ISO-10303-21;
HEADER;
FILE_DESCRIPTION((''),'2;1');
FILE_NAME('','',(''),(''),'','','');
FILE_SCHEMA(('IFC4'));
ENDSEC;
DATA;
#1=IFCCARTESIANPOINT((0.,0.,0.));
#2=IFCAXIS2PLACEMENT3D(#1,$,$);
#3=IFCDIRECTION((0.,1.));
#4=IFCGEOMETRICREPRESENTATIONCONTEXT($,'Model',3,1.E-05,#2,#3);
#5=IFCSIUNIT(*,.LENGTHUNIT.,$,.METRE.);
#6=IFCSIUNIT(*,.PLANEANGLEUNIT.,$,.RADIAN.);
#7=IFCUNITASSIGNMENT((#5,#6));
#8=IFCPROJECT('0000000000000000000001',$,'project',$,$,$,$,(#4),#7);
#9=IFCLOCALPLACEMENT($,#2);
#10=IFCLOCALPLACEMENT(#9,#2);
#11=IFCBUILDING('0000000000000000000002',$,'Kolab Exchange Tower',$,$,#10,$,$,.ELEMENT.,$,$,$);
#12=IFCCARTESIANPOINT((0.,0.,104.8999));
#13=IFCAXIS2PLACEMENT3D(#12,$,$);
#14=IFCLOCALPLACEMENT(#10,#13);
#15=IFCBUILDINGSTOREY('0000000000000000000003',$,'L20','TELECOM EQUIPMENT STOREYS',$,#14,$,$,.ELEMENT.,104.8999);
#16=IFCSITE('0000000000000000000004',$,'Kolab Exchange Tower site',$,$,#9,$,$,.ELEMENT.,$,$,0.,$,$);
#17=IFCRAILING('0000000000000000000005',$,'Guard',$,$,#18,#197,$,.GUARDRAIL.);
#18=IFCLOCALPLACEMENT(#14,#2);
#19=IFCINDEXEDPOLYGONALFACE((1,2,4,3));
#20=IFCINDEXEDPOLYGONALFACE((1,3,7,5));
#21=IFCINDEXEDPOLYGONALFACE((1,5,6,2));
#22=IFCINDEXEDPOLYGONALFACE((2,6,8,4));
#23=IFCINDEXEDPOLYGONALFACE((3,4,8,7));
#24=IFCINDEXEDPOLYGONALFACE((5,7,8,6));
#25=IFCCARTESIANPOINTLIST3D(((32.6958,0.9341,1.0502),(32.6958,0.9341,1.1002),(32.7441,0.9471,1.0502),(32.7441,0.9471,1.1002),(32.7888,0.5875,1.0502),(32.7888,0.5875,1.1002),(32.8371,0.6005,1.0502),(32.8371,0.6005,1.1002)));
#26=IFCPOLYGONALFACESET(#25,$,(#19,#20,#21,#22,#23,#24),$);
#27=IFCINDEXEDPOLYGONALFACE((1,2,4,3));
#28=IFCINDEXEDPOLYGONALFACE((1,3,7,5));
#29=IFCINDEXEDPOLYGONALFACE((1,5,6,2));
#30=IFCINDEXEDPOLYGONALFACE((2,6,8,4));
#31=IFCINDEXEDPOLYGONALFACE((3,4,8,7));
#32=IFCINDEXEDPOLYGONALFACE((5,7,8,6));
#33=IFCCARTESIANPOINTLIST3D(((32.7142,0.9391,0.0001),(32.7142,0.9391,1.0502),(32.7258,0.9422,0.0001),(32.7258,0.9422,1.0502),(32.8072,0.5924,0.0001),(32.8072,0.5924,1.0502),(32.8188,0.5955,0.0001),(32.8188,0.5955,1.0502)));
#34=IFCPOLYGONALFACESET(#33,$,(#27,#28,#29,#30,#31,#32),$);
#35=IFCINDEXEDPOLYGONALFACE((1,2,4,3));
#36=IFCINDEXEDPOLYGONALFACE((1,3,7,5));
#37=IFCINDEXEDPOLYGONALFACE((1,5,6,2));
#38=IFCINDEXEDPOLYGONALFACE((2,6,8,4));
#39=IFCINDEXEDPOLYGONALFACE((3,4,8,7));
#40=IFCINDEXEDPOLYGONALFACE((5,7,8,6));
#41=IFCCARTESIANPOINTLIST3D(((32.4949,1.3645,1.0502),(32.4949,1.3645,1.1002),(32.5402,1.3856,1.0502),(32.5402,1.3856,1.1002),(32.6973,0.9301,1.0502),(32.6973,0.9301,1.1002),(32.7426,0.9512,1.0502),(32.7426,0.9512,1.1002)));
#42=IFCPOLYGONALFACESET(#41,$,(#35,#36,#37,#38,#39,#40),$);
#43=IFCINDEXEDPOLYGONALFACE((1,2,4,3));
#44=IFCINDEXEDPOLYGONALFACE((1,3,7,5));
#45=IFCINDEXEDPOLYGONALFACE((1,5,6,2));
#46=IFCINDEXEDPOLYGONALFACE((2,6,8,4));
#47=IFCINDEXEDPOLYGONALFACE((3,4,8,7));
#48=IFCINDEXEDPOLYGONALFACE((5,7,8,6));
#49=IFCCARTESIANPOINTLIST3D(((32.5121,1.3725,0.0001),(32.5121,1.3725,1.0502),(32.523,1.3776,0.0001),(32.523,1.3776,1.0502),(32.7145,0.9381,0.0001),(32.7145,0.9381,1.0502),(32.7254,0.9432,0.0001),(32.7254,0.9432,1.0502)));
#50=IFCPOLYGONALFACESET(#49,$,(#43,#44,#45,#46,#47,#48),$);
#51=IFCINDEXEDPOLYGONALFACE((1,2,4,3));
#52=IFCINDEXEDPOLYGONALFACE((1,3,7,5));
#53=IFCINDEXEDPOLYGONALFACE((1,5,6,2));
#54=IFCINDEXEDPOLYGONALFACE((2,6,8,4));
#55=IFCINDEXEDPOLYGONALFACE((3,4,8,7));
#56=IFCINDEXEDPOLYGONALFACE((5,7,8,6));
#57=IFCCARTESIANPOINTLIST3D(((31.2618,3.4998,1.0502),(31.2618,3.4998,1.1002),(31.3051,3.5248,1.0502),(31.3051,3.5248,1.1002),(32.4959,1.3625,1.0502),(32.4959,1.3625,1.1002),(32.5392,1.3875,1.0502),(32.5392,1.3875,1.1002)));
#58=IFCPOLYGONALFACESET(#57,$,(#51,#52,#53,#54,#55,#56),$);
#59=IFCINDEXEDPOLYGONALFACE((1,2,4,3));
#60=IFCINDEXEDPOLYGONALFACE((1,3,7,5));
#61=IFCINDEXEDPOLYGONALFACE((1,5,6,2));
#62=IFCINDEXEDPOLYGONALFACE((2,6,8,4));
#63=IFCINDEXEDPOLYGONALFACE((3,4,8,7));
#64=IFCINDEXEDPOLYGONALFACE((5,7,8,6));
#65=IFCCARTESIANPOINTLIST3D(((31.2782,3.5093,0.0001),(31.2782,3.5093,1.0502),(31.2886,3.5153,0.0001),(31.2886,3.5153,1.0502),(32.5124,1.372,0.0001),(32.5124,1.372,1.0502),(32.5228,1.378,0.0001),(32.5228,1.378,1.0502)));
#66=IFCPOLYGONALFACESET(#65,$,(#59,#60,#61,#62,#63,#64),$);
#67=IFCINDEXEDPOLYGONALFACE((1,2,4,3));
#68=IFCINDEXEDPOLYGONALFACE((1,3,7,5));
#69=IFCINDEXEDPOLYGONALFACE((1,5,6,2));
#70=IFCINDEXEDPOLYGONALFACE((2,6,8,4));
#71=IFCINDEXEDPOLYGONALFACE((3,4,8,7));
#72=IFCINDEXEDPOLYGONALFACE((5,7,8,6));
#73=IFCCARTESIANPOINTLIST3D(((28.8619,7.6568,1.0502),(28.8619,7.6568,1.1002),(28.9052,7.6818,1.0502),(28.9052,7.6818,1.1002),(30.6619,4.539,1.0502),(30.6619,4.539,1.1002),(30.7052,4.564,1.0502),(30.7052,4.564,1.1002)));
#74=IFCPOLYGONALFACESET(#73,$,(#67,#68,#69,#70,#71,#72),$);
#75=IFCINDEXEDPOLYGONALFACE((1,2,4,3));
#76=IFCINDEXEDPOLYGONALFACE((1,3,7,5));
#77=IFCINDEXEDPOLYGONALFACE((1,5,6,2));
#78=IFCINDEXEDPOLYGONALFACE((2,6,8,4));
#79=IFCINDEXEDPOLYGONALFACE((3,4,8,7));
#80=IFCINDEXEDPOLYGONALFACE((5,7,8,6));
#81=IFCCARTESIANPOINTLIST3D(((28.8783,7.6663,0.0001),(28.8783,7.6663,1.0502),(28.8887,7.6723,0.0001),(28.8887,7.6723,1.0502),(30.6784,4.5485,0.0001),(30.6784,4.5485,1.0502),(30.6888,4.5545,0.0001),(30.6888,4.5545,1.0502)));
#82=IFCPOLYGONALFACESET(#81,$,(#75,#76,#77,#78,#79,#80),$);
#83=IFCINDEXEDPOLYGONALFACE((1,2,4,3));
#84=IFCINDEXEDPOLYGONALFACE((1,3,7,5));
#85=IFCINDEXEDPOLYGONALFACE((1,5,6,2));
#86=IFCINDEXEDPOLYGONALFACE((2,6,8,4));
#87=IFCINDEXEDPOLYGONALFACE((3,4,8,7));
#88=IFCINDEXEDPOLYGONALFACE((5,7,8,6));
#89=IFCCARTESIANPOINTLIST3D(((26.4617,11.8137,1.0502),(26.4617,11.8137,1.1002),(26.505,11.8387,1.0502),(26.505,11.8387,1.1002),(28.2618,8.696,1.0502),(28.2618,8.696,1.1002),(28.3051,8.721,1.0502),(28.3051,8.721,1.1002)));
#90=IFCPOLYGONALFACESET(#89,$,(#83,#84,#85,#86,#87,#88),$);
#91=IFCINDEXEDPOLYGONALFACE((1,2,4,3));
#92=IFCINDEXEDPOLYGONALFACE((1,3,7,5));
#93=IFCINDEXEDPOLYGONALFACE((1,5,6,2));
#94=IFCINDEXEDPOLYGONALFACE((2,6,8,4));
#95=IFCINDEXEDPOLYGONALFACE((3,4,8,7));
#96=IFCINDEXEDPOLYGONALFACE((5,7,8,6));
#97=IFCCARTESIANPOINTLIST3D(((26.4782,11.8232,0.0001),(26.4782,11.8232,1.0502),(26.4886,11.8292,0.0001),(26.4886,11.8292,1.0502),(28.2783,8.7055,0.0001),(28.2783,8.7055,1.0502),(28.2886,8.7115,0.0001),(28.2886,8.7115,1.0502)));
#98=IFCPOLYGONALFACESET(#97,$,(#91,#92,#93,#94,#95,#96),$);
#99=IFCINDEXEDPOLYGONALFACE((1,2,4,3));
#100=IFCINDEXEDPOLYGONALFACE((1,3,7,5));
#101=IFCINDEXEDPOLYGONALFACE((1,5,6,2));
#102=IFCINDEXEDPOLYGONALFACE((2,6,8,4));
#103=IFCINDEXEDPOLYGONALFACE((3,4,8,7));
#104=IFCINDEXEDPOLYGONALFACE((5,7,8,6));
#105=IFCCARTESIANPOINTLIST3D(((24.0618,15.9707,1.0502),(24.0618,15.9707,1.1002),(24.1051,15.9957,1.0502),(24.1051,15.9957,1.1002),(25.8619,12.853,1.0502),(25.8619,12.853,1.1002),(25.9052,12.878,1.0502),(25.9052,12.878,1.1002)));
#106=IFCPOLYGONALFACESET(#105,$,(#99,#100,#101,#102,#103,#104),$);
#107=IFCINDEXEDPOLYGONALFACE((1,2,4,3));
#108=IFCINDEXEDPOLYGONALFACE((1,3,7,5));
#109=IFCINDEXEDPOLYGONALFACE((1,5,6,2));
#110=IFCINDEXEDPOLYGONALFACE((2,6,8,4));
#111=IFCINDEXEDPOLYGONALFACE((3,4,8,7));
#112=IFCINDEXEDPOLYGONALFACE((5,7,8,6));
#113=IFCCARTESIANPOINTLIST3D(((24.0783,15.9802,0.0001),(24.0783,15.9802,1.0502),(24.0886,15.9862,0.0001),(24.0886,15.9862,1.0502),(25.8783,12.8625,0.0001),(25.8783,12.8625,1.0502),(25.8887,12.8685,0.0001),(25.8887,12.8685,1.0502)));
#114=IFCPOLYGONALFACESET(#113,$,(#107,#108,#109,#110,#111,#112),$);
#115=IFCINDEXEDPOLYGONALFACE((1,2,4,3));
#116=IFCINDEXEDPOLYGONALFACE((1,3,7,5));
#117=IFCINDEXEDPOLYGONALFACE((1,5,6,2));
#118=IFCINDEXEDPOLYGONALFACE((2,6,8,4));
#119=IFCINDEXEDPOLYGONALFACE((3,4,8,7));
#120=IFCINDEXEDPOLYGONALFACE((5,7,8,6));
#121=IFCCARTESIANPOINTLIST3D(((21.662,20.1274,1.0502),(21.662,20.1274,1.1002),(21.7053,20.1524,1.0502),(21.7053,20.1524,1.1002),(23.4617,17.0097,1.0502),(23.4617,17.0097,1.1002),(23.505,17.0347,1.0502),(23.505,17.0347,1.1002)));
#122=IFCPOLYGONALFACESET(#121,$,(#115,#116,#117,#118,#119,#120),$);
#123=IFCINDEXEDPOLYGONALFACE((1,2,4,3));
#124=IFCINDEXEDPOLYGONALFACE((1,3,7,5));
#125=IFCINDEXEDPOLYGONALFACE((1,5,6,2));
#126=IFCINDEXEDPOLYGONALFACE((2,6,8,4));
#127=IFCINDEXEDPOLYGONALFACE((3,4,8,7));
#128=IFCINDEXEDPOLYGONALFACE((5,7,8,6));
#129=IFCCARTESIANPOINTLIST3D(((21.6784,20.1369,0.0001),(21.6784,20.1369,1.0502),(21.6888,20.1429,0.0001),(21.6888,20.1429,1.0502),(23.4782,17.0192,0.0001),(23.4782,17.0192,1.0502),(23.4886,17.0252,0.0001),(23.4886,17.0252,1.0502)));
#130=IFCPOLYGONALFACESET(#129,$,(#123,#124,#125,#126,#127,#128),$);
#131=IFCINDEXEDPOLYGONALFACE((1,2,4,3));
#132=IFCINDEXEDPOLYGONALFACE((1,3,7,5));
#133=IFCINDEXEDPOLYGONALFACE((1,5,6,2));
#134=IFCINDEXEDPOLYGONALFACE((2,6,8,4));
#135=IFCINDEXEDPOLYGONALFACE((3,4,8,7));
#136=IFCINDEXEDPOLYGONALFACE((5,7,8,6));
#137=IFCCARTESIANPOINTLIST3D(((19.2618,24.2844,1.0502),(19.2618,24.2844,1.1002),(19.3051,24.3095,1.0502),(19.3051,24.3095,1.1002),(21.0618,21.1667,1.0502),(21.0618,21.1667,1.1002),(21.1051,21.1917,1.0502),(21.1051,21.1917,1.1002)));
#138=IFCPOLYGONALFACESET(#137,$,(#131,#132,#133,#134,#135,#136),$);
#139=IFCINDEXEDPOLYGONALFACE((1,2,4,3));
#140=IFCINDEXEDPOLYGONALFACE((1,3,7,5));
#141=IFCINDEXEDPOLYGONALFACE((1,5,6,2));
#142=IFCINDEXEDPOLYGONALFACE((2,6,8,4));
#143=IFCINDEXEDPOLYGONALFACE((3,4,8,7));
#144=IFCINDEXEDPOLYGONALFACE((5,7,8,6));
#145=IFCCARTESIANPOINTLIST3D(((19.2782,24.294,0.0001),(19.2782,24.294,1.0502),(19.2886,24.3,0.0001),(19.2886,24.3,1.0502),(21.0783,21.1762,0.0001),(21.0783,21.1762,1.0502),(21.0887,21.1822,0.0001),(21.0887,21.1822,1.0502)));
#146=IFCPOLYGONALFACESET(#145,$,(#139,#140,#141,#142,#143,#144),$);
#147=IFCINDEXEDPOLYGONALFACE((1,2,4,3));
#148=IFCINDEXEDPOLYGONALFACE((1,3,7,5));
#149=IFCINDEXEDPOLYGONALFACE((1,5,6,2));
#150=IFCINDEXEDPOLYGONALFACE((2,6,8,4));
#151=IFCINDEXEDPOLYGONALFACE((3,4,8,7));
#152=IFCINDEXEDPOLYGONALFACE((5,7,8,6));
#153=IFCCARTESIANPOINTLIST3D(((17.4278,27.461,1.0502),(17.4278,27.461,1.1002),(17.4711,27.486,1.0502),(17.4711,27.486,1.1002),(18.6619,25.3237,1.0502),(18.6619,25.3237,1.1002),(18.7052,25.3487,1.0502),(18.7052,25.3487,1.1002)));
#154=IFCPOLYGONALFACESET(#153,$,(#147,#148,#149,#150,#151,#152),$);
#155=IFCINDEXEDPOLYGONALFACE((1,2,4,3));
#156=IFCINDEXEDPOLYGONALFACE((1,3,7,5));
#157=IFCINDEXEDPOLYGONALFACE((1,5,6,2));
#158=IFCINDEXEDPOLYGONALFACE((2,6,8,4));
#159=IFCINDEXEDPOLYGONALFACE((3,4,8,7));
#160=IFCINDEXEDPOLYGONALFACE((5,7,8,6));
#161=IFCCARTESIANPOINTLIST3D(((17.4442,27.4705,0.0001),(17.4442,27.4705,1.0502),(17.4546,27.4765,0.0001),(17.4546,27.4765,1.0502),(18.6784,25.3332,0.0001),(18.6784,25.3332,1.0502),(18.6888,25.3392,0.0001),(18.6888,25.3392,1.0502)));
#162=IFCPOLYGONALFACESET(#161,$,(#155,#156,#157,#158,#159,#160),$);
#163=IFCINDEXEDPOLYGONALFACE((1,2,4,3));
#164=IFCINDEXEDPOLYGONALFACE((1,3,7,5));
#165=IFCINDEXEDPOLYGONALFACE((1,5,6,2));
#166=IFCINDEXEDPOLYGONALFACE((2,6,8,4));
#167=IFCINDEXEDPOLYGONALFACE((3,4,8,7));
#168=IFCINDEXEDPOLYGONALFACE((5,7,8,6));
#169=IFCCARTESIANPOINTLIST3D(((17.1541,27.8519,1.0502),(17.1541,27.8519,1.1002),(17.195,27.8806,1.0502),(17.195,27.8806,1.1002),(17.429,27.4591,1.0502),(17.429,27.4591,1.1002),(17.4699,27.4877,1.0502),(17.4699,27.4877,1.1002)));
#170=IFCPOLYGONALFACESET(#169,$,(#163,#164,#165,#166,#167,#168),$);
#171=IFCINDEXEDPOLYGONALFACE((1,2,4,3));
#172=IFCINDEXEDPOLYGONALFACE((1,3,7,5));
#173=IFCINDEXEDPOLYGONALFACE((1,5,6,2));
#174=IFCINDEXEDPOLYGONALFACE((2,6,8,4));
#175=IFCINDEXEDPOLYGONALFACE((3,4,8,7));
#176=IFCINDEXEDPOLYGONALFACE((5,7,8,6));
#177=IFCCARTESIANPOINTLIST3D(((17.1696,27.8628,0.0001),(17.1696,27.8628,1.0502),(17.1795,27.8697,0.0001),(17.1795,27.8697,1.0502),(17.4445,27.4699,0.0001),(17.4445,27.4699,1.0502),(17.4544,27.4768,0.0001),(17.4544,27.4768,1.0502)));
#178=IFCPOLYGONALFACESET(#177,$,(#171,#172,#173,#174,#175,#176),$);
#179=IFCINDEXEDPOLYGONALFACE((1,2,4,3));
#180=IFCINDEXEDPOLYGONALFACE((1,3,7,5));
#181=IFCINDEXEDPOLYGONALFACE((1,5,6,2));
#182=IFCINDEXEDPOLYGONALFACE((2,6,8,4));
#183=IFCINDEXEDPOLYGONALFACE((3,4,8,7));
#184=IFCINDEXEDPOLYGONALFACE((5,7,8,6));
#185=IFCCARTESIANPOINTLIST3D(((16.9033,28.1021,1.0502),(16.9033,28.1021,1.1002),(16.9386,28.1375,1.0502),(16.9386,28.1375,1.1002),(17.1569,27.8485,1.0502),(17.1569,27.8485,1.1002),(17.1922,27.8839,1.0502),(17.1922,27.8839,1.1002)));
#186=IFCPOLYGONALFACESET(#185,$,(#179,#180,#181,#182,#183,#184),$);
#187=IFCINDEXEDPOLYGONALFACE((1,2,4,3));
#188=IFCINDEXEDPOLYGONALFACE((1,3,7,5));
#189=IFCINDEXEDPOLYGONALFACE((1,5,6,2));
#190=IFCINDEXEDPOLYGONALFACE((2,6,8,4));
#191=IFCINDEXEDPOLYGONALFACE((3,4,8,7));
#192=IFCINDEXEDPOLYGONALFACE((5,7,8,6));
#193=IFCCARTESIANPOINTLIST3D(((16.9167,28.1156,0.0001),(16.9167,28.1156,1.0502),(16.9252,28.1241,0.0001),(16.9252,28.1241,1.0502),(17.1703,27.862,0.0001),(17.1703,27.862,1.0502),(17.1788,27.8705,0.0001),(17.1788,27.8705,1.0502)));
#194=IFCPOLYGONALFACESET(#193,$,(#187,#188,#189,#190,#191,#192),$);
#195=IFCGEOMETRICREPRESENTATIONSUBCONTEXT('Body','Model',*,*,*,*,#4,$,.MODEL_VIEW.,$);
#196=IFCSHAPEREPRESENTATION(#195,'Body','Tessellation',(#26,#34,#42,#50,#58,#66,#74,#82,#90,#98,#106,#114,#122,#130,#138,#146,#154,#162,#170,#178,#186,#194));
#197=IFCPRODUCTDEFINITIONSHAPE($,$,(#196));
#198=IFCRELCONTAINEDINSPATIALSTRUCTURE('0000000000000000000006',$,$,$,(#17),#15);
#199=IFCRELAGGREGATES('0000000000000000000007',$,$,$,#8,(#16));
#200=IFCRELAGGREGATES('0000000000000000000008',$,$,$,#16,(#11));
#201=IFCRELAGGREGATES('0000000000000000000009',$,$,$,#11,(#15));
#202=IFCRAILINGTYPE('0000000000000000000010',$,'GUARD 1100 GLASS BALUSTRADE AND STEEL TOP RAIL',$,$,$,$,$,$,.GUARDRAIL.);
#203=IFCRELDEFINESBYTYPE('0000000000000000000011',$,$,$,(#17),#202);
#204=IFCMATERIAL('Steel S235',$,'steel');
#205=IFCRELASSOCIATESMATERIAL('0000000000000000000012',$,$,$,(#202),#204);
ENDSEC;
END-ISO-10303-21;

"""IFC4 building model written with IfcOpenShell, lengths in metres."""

from ifc_helpers import new_model, si_unit, direction, frame, frame_2d, origin, origin_2d, place, context, subcontext, project, spatial, rectangle, extrude, material, type_object, element, save


model = new_model("IFC4")

# Units and contexts
model_context = context("Model", 3, precision=1e-05, world=origin(), true_north=direction((0.0, 1.0)))
body_context = subcontext(model_context, "Body", "Model", "MODEL_VIEW")
ifc_project = project(units=[si_unit("LENGTHUNIT", "METRE"), si_unit("PLANEANGLEUNIT", "RADIAN")], contexts=[model_context])

# Site, building, storey
site_placement = place(None, origin())
site = spatial("IfcSite", under=ifc_project, at=site_placement, Name="Kolab Exchange Tower site", CompositionType="ELEMENT", RefElevation=0.0)
building_placement = place(site_placement, origin())
building = spatial("IfcBuilding", under=site, at=building_placement, Name="Kolab Exchange Tower", CompositionType="ELEMENT")
storey_placement = place(building_placement, frame((0.0, 0.0, 104.8999)))
storey = spatial("IfcBuildingStorey", under=building, at=storey_placement, Name="L20", Description="TELECOM EQUIPMENT STOREYS", CompositionType="ELEMENT", Elevation=104.8999)

# Railing
ifc_material_1 = material(Name="Steel S235", Category="steel")
railing_type = type_object("IfcRailingType", Name="GUARD 1100 GLASS BALUSTRADE AND STEEL TOP RAIL", PredefinedType="GUARDRAIL", material=ifc_material_1)
railing_placement = place(storey_placement, frame((32.813, 0.594, 0.0)))
element("IfcRailing", 1, at=railing_placement, inside=storey, type_object=railing_type, Name="Guard", PredefinedType="GUARDRAIL", context=body_context, shape_type="SweptSolid", body=[
    extrude(rectangle(XDim=0.05, YDim=0.05, at=origin_2d()), frame((0.0, 0.0, 1.0752), z_axis=(-0.259144, 0.965839, 0.0), x_axis=(-0.965839, -0.259144, 0.0)), (0.0, 0.0, 1.0), 0.3589),
    extrude(rectangle(XDim=0.012, YDim=1.0501, at=frame_2d((0.0, 0.5251))), frame((0.0, 0.0, 0.0), z_axis=(-0.259144, 0.965839, 0.0), x_axis=(-0.965839, -0.259144, 0.0)), (0.0, 0.0, 1.0), 0.3589),
    extrude(rectangle(XDim=0.05, YDim=0.05, at=origin_2d()), frame((-0.093, 0.3467, 1.0752), z_axis=(-0.422383, 0.906417, 0.0), x_axis=(-0.906417, -0.422383, 0.0)), (0.0, 0.0, 1.0), 0.4792),
    extrude(rectangle(XDim=0.012, YDim=1.0501, at=frame_2d((0.0, 0.5251))), frame((-0.093, 0.3467, 0.0), z_axis=(-0.422383, 0.906417, 0.0), x_axis=(-0.906417, -0.422383, 0.0)), (0.0, 0.0, 1.0), 0.4792),
    extrude(rectangle(XDim=0.05, YDim=0.05, at=origin_2d()), frame((-0.2954, 0.781, 1.0752), z_axis=(-0.500065, 0.865988, 0.0), x_axis=(-0.865988, -0.500065, 0.0)), (0.0, 0.0, 1.0), 2.468),
    extrude(rectangle(XDim=0.012, YDim=1.0501, at=frame_2d((0.0, 0.5251))), frame((-0.2954, 0.781, 0.0), z_axis=(-0.500065, 0.865988, 0.0), x_axis=(-0.865988, -0.500065, 0.0)), (0.0, 0.0, 1.0), 2.468),
    extrude(rectangle(XDim=0.05, YDim=0.05, at=origin_2d()), frame((-2.1294, 3.9575, 1.0752), z_axis=(-0.500012, 0.866018, 0.0), x_axis=(-0.866018, -0.500012, 0.0)), (0.0, 0.0, 1.0), 3.6001),
    extrude(rectangle(XDim=0.012, YDim=1.0501, at=frame_2d((0.0, 0.5251))), frame((-2.1294, 3.9575, 0.0), z_axis=(-0.500012, 0.866018, 0.0), x_axis=(-0.866018, -0.500012, 0.0)), (0.0, 0.0, 1.0), 3.6001),
    extrude(rectangle(XDim=0.05, YDim=0.05, at=origin_2d()), frame((-4.5295, 8.1145, 1.0752), z_axis=(-0.500012, 0.866018, 0.0), x_axis=(-0.866018, -0.500012, 0.0)), (0.0, 0.0, 1.0), 3.6001),
    extrude(rectangle(XDim=0.012, YDim=1.0501, at=frame_2d((0.0, 0.5251))), frame((-4.5295, 8.1145, 0.0), z_axis=(-0.500012, 0.866018, 0.0), x_axis=(-0.866018, -0.500012, 0.0)), (0.0, 0.0, 1.0), 3.6001),
    extrude(rectangle(XDim=0.05, YDim=0.05, at=origin_2d()), frame((-6.9294, 12.2715, 1.0752), z_axis=(-0.500012, 0.866018, 0.0), x_axis=(-0.866018, -0.500012, 0.0)), (0.0, 0.0, 1.0), 3.6001),
    extrude(rectangle(XDim=0.012, YDim=1.0501, at=frame_2d((0.0, 0.5251))), frame((-6.9294, 12.2715, 0.0), z_axis=(-0.500012, 0.866018, 0.0), x_axis=(-0.866018, -0.500012, 0.0)), (0.0, 0.0, 1.0), 3.6001),
    extrude(rectangle(XDim=0.05, YDim=0.05, at=origin_2d()), frame((-9.3296, 16.4282, 1.0752), z_axis=(-0.499961, 0.866048, 0.0), x_axis=(-0.866048, -0.499961, 0.0)), (0.0, 0.0, 1.0), 3.5999),
    extrude(rectangle(XDim=0.012, YDim=1.0501, at=frame_2d((0.0, 0.5251))), frame((-9.3296, 16.4282, 0.0), z_axis=(-0.499961, 0.866048, 0.0), x_axis=(-0.866048, -0.499961, 0.0)), (0.0, 0.0, 1.0), 3.5999),
    extrude(rectangle(XDim=0.05, YDim=0.05, at=origin_2d()), frame((-11.7295, 20.5852, 1.0752), z_axis=(-0.500012, 0.866018, 0.0), x_axis=(-0.866018, -0.500012, 0.0)), (0.0, 0.0, 1.0), 3.6001),
    extrude(rectangle(XDim=0.012, YDim=1.0501, at=frame_2d((0.0, 0.5251))), frame((-11.7295, 20.5852, 0.0), z_axis=(-0.500012, 0.866018, 0.0), x_axis=(-0.866018, -0.500012, 0.0)), (0.0, 0.0, 1.0), 3.6001),
    extrude(rectangle(XDim=0.05, YDim=0.05, at=origin_2d()), frame((-14.1294, 24.7422, 1.0752), z_axis=(-0.500065, 0.865988, 0.0), x_axis=(-0.865988, -0.500065, 0.0)), (0.0, 0.0, 1.0), 2.468),
    extrude(rectangle(XDim=0.012, YDim=1.0501, at=frame_2d((0.0, 0.5251))), frame((-14.1294, 24.7422, 0.0), z_axis=(-0.500065, 0.865988, 0.0), x_axis=(-0.865988, -0.500065, 0.0)), (0.0, 0.0, 1.0), 2.468),
    extrude(rectangle(XDim=0.05, YDim=0.05, at=origin_2d()), frame((-15.3635, 26.8794, 1.0752), z_axis=(-0.57336, 0.819304, 0.0), x_axis=(-0.819304, -0.57336, 0.0)), (0.0, 0.0, 1.0), 0.4795),
    extrude(rectangle(XDim=0.012, YDim=1.0501, at=frame_2d((0.0, 0.5251))), frame((-15.3635, 26.8794, 0.0), z_axis=(-0.57336, 0.819304, 0.0), x_axis=(-0.819304, -0.57336, 0.0)), (0.0, 0.0, 1.0), 0.4795),
    extrude(rectangle(XDim=0.05, YDim=0.05, at=origin_2d()), frame((-15.6384, 27.2722, 1.0752), z_axis=(-0.707107, 0.707107, 0.0), x_axis=(-0.707107, -0.707107, 0.0)), (0.0, 0.0, 1.0), 0.3586),
    extrude(rectangle(XDim=0.012, YDim=1.0501, at=frame_2d((0.0, 0.5251))), frame((-15.6384, 27.2722, 0.0), z_axis=(-0.707107, 0.707107, 0.0), x_axis=(-0.707107, -0.707107, 0.0)), (0.0, 0.0, 1.0), 0.3586),
])

save(model, "model.ifc")
